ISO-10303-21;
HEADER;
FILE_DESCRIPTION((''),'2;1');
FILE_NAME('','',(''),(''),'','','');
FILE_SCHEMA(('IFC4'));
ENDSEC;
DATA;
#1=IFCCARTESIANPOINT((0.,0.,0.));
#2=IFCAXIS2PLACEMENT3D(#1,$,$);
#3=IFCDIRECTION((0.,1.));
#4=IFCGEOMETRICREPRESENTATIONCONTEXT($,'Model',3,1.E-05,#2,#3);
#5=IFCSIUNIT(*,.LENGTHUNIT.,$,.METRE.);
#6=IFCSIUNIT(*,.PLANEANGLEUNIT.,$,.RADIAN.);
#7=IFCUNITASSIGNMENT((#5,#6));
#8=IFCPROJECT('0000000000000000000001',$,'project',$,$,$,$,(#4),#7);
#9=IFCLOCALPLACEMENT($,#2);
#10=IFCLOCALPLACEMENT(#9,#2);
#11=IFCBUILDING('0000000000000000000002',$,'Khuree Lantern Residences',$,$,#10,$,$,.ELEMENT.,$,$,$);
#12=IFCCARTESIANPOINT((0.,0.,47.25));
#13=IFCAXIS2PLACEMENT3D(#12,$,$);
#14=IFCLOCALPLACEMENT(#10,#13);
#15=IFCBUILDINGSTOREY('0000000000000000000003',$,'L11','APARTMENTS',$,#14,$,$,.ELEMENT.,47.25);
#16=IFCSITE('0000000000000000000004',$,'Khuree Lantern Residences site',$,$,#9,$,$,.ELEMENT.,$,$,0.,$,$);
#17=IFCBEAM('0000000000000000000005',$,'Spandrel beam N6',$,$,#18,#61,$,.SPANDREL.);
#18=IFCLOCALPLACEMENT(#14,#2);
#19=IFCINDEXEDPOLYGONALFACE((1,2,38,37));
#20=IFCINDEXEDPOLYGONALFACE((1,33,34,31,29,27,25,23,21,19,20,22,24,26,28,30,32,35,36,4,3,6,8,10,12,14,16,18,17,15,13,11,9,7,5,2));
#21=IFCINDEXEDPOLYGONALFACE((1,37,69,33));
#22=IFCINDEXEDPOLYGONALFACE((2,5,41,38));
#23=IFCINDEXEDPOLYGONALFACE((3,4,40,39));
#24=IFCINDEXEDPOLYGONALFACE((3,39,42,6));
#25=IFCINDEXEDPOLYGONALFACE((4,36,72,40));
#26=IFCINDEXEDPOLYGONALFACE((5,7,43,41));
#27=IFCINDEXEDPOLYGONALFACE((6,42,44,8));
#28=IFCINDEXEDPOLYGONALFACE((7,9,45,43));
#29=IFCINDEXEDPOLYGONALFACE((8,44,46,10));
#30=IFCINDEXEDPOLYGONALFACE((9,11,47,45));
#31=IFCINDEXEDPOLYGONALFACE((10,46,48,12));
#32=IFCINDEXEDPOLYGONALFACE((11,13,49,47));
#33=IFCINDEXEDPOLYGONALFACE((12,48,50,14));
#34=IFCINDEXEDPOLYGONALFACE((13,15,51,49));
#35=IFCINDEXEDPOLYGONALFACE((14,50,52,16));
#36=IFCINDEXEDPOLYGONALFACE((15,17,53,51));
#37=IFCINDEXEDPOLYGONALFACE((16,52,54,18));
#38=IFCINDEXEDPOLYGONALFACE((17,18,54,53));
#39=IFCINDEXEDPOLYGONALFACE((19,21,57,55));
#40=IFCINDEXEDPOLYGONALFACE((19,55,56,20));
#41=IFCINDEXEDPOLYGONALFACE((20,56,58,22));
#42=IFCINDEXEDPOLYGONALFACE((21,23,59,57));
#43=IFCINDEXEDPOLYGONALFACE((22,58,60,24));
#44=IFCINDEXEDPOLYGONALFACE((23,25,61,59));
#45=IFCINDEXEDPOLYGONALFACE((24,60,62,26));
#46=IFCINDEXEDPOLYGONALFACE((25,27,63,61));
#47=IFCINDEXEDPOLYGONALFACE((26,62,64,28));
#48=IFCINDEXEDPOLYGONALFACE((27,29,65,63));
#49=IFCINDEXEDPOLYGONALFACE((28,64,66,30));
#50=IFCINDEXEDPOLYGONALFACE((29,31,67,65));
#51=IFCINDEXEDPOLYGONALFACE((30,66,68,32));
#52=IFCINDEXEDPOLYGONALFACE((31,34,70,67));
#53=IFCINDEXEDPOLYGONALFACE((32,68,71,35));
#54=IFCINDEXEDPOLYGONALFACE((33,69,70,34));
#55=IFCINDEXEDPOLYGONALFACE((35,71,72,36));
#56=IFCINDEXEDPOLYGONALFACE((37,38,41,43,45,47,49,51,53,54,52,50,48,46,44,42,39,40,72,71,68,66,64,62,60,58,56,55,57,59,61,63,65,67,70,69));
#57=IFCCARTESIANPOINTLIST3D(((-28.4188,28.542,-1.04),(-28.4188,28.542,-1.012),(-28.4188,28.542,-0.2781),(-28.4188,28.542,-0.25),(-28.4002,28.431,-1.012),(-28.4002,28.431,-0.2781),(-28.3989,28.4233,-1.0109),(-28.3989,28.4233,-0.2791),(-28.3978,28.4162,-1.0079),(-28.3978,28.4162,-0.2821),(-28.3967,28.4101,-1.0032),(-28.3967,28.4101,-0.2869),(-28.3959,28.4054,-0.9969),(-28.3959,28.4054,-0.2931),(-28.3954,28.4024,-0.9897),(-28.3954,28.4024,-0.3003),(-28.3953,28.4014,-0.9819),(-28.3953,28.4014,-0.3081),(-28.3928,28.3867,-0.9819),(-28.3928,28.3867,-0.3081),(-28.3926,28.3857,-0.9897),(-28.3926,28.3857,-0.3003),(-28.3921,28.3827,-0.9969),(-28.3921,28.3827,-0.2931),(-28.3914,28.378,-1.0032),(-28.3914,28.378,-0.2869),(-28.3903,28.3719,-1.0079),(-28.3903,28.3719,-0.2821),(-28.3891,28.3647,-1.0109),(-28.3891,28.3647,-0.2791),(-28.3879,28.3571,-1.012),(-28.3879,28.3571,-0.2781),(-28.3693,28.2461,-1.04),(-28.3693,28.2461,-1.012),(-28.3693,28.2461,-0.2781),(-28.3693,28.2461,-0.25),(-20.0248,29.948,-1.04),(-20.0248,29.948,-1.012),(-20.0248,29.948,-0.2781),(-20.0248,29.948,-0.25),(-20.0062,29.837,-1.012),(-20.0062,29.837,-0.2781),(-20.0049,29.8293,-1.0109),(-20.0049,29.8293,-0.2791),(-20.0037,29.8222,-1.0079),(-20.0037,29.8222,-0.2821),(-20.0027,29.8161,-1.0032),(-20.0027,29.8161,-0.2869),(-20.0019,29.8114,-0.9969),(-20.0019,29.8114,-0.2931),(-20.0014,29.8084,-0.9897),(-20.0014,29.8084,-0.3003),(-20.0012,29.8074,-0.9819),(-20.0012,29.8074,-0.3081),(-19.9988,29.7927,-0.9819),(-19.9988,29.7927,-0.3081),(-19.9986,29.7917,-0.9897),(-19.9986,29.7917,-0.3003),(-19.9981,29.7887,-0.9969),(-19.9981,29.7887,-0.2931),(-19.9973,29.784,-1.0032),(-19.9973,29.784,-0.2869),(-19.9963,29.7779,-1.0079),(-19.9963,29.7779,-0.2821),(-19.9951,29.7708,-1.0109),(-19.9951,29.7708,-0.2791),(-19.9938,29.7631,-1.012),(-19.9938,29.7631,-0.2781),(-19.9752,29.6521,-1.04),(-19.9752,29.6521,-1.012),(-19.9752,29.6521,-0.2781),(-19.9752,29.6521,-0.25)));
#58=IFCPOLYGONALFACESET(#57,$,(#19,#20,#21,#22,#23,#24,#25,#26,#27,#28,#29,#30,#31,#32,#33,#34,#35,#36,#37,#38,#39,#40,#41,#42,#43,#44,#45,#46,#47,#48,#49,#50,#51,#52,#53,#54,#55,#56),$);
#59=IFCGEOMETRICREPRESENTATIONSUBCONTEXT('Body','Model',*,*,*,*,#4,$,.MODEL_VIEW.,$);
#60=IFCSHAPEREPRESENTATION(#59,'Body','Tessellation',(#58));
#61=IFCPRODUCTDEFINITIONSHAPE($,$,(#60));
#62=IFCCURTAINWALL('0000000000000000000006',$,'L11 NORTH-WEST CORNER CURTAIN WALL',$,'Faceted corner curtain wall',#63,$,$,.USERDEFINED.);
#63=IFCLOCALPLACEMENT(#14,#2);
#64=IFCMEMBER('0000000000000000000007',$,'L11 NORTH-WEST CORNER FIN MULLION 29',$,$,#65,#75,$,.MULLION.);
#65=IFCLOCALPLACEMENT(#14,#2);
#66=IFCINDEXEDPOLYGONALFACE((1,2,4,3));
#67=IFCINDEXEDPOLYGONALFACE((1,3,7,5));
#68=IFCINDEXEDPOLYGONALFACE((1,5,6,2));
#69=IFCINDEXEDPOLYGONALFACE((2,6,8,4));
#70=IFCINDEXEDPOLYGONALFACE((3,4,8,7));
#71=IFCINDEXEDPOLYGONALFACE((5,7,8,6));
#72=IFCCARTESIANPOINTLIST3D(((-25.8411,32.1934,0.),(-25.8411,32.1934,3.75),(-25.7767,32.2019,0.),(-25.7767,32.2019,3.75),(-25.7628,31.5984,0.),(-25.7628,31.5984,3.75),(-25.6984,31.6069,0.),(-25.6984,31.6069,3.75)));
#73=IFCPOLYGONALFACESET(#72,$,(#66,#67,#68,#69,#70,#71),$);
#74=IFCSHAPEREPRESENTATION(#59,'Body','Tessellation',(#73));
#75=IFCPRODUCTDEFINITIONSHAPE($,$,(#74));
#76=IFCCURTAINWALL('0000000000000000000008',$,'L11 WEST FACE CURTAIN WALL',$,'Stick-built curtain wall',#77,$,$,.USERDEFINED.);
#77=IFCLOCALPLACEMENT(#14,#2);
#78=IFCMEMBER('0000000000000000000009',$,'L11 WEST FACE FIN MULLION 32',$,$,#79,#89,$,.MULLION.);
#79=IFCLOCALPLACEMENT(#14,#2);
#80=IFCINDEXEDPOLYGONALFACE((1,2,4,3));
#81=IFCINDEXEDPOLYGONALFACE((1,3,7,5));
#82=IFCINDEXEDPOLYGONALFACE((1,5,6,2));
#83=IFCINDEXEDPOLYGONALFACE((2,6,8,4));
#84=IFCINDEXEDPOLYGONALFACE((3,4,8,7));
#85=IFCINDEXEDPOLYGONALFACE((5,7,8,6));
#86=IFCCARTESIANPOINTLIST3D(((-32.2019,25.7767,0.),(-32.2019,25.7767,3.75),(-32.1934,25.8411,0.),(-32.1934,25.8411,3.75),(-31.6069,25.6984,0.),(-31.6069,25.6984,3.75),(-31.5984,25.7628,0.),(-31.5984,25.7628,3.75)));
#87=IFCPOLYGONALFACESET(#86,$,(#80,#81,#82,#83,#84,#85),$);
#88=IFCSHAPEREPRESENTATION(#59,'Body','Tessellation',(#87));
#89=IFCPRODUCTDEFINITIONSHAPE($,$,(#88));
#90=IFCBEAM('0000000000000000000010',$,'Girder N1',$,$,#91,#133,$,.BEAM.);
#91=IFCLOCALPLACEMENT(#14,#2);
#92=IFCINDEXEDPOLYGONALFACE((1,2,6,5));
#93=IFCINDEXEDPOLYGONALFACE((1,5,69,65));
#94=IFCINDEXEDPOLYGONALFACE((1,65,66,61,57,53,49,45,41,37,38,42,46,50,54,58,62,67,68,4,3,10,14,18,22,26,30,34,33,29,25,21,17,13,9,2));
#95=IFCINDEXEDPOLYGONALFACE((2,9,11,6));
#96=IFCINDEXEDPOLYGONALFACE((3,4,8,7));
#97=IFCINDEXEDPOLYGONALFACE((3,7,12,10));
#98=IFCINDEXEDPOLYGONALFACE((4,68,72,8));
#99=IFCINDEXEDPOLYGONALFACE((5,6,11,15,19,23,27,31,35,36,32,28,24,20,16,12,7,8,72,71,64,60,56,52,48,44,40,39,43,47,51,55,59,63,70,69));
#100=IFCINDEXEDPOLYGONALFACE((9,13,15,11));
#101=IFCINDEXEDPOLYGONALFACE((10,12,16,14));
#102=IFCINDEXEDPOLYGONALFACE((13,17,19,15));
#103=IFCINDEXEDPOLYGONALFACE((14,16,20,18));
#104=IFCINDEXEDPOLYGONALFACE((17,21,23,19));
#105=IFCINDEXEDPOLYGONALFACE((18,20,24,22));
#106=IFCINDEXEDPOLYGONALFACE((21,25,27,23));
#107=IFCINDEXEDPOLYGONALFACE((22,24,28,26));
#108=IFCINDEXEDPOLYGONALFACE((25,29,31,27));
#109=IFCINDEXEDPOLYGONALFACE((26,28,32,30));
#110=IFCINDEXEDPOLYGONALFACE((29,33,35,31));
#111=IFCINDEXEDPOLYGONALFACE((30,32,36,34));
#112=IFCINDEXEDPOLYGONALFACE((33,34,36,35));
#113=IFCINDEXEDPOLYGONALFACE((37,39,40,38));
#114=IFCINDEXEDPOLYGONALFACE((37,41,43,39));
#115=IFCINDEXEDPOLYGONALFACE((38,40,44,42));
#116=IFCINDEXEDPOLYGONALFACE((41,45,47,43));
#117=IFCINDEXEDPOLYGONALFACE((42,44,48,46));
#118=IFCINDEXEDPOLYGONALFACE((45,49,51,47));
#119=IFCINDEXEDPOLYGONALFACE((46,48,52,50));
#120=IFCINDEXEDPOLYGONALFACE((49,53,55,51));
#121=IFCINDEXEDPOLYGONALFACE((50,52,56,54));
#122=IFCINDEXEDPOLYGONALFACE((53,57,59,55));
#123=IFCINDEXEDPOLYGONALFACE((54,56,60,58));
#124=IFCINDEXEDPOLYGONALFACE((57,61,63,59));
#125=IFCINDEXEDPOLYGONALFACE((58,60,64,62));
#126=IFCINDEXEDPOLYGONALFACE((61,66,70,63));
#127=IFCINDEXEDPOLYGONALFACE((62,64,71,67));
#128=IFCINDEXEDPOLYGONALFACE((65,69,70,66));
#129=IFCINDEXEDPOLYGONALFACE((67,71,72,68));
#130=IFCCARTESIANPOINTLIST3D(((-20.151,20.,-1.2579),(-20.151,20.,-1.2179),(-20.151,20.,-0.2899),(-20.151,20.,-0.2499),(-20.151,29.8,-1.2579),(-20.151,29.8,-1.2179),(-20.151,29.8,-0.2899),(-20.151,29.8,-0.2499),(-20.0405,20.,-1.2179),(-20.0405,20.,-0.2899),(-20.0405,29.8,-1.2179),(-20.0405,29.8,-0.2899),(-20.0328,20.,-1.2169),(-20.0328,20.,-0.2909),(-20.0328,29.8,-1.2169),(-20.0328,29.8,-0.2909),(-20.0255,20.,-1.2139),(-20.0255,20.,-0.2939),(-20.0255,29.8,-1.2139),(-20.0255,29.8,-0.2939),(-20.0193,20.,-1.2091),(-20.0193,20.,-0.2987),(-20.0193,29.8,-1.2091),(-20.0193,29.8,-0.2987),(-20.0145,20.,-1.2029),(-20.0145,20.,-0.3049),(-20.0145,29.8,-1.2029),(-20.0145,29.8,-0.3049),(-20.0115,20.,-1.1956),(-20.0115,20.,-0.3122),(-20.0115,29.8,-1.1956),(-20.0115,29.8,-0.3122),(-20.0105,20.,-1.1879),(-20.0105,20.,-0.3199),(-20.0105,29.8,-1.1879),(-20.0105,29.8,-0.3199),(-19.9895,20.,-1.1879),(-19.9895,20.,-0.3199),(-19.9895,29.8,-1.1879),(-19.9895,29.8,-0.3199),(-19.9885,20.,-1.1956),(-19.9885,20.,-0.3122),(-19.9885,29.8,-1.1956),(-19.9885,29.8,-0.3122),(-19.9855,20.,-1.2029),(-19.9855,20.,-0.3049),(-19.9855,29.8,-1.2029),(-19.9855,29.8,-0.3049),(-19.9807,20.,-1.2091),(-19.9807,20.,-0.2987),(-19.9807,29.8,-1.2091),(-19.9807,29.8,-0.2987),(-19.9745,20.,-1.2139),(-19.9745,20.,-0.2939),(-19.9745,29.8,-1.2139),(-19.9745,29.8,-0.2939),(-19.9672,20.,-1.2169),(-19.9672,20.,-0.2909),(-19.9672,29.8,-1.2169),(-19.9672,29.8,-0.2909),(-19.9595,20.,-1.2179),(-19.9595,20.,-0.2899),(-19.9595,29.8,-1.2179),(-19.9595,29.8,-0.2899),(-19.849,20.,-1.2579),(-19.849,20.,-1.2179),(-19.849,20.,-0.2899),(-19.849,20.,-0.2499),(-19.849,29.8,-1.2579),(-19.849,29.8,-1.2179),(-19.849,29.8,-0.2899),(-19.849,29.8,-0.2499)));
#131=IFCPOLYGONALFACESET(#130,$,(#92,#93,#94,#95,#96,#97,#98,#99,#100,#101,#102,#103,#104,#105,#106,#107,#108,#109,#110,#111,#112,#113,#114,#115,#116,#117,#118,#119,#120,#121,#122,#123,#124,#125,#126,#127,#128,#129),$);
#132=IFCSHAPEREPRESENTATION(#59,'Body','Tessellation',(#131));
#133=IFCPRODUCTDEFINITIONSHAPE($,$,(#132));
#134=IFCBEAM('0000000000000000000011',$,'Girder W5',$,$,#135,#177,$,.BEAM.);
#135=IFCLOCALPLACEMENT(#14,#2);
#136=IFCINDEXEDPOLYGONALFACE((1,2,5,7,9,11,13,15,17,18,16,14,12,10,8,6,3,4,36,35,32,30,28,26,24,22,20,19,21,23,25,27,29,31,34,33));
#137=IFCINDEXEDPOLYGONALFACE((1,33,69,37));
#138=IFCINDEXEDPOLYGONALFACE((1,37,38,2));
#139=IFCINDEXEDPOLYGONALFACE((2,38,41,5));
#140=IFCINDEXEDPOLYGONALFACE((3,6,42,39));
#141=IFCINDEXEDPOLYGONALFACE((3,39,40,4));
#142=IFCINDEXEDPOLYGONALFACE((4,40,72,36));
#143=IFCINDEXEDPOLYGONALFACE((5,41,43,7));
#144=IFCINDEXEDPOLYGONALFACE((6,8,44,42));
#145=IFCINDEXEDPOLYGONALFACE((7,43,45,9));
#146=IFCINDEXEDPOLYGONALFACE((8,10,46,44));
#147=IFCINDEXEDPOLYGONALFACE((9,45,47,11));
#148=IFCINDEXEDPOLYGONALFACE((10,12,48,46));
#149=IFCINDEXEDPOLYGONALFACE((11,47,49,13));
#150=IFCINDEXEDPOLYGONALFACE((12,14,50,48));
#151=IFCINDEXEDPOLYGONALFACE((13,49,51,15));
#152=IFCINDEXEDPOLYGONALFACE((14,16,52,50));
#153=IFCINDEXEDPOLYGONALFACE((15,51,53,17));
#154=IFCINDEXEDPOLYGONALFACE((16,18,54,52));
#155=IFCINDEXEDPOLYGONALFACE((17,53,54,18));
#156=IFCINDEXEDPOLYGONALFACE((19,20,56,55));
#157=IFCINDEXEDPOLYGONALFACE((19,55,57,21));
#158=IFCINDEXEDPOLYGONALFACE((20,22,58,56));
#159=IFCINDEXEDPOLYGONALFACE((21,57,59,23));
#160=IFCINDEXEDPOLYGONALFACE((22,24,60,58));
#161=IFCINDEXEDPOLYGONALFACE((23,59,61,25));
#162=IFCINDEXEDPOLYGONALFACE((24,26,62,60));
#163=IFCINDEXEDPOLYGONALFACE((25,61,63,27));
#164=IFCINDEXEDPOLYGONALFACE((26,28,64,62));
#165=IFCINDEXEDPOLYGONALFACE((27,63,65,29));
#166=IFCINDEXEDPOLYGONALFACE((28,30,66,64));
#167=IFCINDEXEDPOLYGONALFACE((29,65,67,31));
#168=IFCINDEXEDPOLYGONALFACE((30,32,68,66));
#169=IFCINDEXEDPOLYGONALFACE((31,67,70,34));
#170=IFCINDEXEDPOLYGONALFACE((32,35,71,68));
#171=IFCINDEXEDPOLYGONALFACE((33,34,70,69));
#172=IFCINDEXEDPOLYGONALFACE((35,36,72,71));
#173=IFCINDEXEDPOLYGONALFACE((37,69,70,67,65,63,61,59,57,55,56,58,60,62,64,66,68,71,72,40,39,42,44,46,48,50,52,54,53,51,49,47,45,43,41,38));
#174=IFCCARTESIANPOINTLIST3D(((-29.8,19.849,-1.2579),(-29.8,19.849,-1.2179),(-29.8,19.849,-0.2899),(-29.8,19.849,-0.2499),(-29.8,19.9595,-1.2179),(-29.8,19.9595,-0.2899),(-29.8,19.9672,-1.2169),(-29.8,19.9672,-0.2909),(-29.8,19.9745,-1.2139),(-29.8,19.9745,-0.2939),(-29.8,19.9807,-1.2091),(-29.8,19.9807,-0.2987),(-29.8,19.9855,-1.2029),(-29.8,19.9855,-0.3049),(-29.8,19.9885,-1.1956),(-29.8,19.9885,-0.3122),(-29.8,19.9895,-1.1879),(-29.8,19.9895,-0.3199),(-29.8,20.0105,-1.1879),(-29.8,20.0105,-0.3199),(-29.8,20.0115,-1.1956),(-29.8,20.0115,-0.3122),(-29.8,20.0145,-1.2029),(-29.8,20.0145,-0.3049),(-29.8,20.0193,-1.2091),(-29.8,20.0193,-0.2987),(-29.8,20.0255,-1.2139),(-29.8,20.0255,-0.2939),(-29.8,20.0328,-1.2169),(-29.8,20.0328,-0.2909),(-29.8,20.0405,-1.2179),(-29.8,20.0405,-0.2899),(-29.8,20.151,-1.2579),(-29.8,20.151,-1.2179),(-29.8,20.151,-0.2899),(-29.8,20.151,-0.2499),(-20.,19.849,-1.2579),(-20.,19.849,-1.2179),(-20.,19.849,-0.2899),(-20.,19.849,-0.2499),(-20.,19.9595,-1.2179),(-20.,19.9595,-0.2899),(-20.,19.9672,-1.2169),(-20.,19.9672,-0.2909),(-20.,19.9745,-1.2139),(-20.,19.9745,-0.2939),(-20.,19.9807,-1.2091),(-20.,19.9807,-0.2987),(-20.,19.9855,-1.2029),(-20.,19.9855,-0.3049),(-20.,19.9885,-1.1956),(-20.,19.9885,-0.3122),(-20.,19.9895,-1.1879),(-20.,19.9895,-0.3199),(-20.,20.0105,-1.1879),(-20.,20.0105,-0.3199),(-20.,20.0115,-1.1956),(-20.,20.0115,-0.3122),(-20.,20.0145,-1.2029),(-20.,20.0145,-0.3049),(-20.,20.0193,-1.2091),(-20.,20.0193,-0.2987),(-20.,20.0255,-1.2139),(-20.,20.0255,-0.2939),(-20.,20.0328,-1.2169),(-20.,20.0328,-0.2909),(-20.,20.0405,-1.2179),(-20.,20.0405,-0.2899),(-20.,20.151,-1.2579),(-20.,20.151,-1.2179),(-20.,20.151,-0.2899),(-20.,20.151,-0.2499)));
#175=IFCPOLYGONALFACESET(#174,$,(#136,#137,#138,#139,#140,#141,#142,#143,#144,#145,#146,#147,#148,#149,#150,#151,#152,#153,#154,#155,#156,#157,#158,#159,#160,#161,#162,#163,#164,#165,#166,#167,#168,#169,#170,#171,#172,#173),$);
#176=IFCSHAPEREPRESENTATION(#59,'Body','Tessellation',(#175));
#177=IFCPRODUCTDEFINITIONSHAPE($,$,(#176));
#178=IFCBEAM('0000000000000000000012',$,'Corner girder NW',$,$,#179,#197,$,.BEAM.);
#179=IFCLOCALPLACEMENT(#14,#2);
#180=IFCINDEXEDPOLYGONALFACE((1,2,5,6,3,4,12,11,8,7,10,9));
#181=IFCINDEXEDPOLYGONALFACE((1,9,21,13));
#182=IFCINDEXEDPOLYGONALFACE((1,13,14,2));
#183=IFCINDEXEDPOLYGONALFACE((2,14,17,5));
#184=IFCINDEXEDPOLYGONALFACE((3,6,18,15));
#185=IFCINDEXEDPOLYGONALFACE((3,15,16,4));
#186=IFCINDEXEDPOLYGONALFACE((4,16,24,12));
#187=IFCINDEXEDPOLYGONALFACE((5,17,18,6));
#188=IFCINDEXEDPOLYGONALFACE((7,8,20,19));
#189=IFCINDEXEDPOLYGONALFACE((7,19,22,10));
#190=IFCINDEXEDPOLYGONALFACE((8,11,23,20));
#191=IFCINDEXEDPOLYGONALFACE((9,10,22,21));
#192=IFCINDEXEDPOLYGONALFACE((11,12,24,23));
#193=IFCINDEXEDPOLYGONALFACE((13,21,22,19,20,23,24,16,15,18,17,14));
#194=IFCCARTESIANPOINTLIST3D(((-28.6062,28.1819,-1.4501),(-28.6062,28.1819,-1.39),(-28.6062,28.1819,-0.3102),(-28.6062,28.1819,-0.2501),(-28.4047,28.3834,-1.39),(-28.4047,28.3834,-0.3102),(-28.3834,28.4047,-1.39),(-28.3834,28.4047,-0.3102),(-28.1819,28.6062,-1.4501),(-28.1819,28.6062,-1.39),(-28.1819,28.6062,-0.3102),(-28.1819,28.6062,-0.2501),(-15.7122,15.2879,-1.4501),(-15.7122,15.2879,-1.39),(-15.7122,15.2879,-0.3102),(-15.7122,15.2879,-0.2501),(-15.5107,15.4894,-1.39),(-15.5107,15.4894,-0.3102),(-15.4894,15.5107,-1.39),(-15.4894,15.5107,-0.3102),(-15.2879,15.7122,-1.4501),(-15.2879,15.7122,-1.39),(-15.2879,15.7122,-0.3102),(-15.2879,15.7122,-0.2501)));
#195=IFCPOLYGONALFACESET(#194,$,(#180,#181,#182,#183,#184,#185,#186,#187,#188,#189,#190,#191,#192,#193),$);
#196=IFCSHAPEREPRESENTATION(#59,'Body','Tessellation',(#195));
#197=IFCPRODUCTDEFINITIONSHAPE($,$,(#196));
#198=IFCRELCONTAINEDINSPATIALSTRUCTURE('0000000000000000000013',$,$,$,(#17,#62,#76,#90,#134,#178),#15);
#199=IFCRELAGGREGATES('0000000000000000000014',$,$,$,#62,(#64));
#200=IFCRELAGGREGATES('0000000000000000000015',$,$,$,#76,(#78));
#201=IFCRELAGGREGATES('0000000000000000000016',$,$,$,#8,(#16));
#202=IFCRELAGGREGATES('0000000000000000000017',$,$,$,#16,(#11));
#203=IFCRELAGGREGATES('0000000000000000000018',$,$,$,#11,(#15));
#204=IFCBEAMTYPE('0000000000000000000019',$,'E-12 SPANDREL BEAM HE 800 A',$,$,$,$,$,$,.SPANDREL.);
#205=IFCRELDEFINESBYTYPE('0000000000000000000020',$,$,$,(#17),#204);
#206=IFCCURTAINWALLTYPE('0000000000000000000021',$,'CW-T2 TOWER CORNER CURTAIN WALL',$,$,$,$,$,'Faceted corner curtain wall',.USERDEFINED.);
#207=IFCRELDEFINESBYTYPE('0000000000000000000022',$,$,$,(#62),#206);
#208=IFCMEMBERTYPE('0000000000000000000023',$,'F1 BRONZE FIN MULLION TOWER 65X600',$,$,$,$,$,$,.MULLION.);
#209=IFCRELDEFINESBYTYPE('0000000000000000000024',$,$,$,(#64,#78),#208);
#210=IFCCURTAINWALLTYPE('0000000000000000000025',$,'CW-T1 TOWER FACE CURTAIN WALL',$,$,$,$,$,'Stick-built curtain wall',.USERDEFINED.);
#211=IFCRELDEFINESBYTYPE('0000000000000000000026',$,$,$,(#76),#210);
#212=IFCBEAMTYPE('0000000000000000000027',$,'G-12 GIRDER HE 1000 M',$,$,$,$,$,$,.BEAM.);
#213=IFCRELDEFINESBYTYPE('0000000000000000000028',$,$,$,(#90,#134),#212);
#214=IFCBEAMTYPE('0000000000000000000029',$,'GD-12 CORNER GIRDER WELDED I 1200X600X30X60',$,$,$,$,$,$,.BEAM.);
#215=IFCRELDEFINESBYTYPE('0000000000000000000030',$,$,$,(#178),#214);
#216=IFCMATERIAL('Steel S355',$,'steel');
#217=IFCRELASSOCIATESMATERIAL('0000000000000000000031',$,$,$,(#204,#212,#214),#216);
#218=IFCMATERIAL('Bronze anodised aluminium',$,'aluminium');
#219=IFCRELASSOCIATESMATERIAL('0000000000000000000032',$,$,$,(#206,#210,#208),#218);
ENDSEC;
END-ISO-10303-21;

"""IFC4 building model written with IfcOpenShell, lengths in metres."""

from ifc_helpers import new_model, si_unit, direction, frame, origin, origin_2d, place, context, subcontext, project, spatial, rectangle, i_section, extrude, material, material_profile, profile_set, type_object, element, aggregate, save


model = new_model("IFC4")

# Units and contexts
model_context = context("Model", 3, precision=1e-05, world=origin(), true_north=direction((0.0, 1.0)))
body_context = subcontext(model_context, "Body", "Model", "MODEL_VIEW")
ifc_project = project(units=[si_unit("LENGTHUNIT", "METRE"), si_unit("PLANEANGLEUNIT", "RADIAN")], contexts=[model_context])

# Site, building, storey
site_placement = place(None, origin())
site = spatial("IfcSite", under=ifc_project, at=site_placement, Name="Khuree Lantern Residences site", CompositionType="ELEMENT", RefElevation=0.0)
building_placement = place(site_placement, origin())
building = spatial("IfcBuilding", under=site, at=building_placement, Name="Khuree Lantern Residences", CompositionType="ELEMENT")
storey_placement = place(building_placement, frame((0.0, 0.0, 47.25)))
storey = spatial("IfcBuildingStorey", under=building, at=storey_placement, Name="L11", Description="APARTMENTS", CompositionType="ELEMENT", Elevation=47.25)

# Beam
ifc_material_1 = material(Name="Steel S355", Category="steel")
ifc_material_profile_1 = material_profile(ifc_material_1, i_section(OverallWidth=0.3, OverallDepth=0.79, WebThickness=0.0149, FlangeThickness=0.0281, FilletRadius=0.03, at=origin_2d()), Name="HE 800 A")
ifc_profile_set_1 = profile_set([ifc_material_profile_1], Name="Steel S355")
beam_type_1 = type_object("IfcBeamType", Name="E-12 SPANDREL BEAM HE 800 A", PredefinedType="SPANDREL", material=ifc_profile_set_1)
for number, where, z_axis, x_axis, name in (
    (1, (-28.394, 28.394, -0.645), (0.98626, 0.165199, 0.0), (-0.165199, 0.98626, 0.0), "Spandrel beam N6"),
):
    element("IfcBeam", number, at=place(storey_placement, frame(where, z_axis=z_axis, x_axis=x_axis)), inside=storey, type_object=beam_type_1, Name=name, PredefinedType="SPANDREL", context=body_context, shape_type="SweptSolid", body=[
        extrude(i_section(OverallWidth=0.3, OverallDepth=0.79, WebThickness=0.0149, FlangeThickness=0.0281, FilletRadius=0.03, at=origin_2d()), origin(), (0.0, 0.0, 1.0), 8.511),
    ])

# Curtain walls, members
ifc_material_2 = material(Name="Bronze anodised aluminium", Category="aluminium")
curtain_wall_type_1 = type_object("IfcCurtainWallType", Name="CW-T2 TOWER CORNER CURTAIN WALL", ElementType="Faceted corner curtain wall", PredefinedType="USERDEFINED", material=ifc_material_2)
curtain_wall_1_placement = place(storey_placement, origin())
curtain_wall_1 = element("IfcCurtainWall", 2, at=curtain_wall_1_placement, inside=storey, type_object=curtain_wall_type_1, Name="L11 NORTH-WEST CORNER CURTAIN WALL", ObjectType="Faceted corner curtain wall", PredefinedType="USERDEFINED")
ifc_material_profile_2 = material_profile(ifc_material_2, rectangle(XDim=0.0649, YDim=0.6001, at=origin_2d()), Name="F1 65X600")
ifc_profile_set_2 = profile_set([ifc_material_profile_2], Name="Bronze anodised aluminium")
member_type_1 = type_object("IfcMemberType", Name="F1 BRONZE FIN MULLION TOWER 65X600", PredefinedType="MULLION", material=ifc_profile_set_2)
member_1_placement = place(storey_placement, frame((-25.7698, 31.9001, 0.0), z_axis=(0.0, 0.0, 1.0), x_axis=(-0.991445, -0.130526, 0.0)))
member_1 = element("IfcMember", 3, at=member_1_placement, type_object=member_type_1, Name="L11 NORTH-WEST CORNER FIN MULLION 29", PredefinedType="MULLION", context=body_context, shape_type="SweptSolid", body=[
    extrude(rectangle(XDim=0.0649, YDim=0.6001, at=origin_2d()), origin(), (0.0, 0.0, 1.0), 3.75),
])
curtain_wall_type_2 = type_object("IfcCurtainWallType", Name="CW-T1 TOWER FACE CURTAIN WALL", ElementType="Stick-built curtain wall", PredefinedType="USERDEFINED", material=ifc_material_2)
curtain_wall_2_placement = place(storey_placement, origin())
curtain_wall_2 = element("IfcCurtainWall", 4, at=curtain_wall_2_placement, inside=storey, type_object=curtain_wall_type_2, Name="L11 WEST FACE CURTAIN WALL", ObjectType="Stick-built curtain wall", PredefinedType="USERDEFINED")
member_2_placement = place(storey_placement, frame((-31.9001, 25.7698, 0.0), z_axis=(0.0, 0.0, 1.0), x_axis=(-0.130526, -0.991445, 0.0)))
member_2 = element("IfcMember", 5, at=member_2_placement, type_object=member_type_1, Name="L11 WEST FACE FIN MULLION 32", PredefinedType="MULLION", context=body_context, shape_type="SweptSolid", body=[
    extrude(rectangle(XDim=0.0649, YDim=0.6001, at=origin_2d()), origin(), (0.0, 0.0, 1.0), 3.75),
])

# Beams
ifc_material_profile_3 = material_profile(ifc_material_1, i_section(OverallWidth=0.302, OverallDepth=1.0081, WebThickness=0.021, FlangeThickness=0.04, FilletRadius=0.03, at=origin_2d()), Name="HE 1000 M")
ifc_profile_set_3 = profile_set([ifc_material_profile_3], Name="Steel S355")
beam_type_2 = type_object("IfcBeamType", Name="G-12 GIRDER HE 1000 M", PredefinedType="BEAM", material=ifc_profile_set_3)
for number, where, z_axis, x_axis, name in (
    (6, (-20.0, 29.8, -0.7539), (0.0, -1.0, 0.0), (1.0, 0.0, 0.0), "Girder N1"),
    (7, (-29.8, 20.0, -0.7539), (1.0, 0.0, 0.0), (0.0, 1.0, 0.0), "Girder W5"),
):
    element("IfcBeam", number, at=place(storey_placement, frame(where, z_axis=z_axis, x_axis=x_axis)), inside=storey, type_object=beam_type_2, Name=name, PredefinedType="BEAM", context=body_context, shape_type="SweptSolid", body=[
        extrude(i_section(OverallWidth=0.302, OverallDepth=1.0081, WebThickness=0.021, FlangeThickness=0.04, FilletRadius=0.03, at=origin_2d()), origin(), (0.0, 0.0, 1.0), 9.8),
    ])
ifc_material_profile_4 = material_profile(ifc_material_1, i_section(OverallWidth=0.6001, OverallDepth=1.2, WebThickness=0.03, FlangeThickness=0.0601, at=origin_2d()), Name="WELDED I 1200X600X30X60")
ifc_profile_set_4 = profile_set([ifc_material_profile_4], Name="Steel S355")
beam_type_3 = type_object("IfcBeamType", Name="GD-12 CORNER GIRDER WELDED I 1200X600X30X60", PredefinedType="BEAM", material=ifc_profile_set_4)
beam_placement = place(storey_placement, frame((-28.394, 28.394, -0.8501), z_axis=(0.707107, -0.707107, 0.0), x_axis=(0.707107, 0.707107, 0.0)))
element("IfcBeam", 8, at=beam_placement, inside=storey, type_object=beam_type_3, Name="Corner girder NW", PredefinedType="BEAM", context=body_context, shape_type="SweptSolid", body=[
    extrude(i_section(OverallWidth=0.6001, OverallDepth=1.2, WebThickness=0.03, FlangeThickness=0.0601, at=origin_2d()), origin(), (0.0, 0.0, 1.0), 18.2349),
])

aggregate(curtain_wall_1, [member_1])
aggregate(curtain_wall_2, [member_2])

save(model, "model.ifc")
